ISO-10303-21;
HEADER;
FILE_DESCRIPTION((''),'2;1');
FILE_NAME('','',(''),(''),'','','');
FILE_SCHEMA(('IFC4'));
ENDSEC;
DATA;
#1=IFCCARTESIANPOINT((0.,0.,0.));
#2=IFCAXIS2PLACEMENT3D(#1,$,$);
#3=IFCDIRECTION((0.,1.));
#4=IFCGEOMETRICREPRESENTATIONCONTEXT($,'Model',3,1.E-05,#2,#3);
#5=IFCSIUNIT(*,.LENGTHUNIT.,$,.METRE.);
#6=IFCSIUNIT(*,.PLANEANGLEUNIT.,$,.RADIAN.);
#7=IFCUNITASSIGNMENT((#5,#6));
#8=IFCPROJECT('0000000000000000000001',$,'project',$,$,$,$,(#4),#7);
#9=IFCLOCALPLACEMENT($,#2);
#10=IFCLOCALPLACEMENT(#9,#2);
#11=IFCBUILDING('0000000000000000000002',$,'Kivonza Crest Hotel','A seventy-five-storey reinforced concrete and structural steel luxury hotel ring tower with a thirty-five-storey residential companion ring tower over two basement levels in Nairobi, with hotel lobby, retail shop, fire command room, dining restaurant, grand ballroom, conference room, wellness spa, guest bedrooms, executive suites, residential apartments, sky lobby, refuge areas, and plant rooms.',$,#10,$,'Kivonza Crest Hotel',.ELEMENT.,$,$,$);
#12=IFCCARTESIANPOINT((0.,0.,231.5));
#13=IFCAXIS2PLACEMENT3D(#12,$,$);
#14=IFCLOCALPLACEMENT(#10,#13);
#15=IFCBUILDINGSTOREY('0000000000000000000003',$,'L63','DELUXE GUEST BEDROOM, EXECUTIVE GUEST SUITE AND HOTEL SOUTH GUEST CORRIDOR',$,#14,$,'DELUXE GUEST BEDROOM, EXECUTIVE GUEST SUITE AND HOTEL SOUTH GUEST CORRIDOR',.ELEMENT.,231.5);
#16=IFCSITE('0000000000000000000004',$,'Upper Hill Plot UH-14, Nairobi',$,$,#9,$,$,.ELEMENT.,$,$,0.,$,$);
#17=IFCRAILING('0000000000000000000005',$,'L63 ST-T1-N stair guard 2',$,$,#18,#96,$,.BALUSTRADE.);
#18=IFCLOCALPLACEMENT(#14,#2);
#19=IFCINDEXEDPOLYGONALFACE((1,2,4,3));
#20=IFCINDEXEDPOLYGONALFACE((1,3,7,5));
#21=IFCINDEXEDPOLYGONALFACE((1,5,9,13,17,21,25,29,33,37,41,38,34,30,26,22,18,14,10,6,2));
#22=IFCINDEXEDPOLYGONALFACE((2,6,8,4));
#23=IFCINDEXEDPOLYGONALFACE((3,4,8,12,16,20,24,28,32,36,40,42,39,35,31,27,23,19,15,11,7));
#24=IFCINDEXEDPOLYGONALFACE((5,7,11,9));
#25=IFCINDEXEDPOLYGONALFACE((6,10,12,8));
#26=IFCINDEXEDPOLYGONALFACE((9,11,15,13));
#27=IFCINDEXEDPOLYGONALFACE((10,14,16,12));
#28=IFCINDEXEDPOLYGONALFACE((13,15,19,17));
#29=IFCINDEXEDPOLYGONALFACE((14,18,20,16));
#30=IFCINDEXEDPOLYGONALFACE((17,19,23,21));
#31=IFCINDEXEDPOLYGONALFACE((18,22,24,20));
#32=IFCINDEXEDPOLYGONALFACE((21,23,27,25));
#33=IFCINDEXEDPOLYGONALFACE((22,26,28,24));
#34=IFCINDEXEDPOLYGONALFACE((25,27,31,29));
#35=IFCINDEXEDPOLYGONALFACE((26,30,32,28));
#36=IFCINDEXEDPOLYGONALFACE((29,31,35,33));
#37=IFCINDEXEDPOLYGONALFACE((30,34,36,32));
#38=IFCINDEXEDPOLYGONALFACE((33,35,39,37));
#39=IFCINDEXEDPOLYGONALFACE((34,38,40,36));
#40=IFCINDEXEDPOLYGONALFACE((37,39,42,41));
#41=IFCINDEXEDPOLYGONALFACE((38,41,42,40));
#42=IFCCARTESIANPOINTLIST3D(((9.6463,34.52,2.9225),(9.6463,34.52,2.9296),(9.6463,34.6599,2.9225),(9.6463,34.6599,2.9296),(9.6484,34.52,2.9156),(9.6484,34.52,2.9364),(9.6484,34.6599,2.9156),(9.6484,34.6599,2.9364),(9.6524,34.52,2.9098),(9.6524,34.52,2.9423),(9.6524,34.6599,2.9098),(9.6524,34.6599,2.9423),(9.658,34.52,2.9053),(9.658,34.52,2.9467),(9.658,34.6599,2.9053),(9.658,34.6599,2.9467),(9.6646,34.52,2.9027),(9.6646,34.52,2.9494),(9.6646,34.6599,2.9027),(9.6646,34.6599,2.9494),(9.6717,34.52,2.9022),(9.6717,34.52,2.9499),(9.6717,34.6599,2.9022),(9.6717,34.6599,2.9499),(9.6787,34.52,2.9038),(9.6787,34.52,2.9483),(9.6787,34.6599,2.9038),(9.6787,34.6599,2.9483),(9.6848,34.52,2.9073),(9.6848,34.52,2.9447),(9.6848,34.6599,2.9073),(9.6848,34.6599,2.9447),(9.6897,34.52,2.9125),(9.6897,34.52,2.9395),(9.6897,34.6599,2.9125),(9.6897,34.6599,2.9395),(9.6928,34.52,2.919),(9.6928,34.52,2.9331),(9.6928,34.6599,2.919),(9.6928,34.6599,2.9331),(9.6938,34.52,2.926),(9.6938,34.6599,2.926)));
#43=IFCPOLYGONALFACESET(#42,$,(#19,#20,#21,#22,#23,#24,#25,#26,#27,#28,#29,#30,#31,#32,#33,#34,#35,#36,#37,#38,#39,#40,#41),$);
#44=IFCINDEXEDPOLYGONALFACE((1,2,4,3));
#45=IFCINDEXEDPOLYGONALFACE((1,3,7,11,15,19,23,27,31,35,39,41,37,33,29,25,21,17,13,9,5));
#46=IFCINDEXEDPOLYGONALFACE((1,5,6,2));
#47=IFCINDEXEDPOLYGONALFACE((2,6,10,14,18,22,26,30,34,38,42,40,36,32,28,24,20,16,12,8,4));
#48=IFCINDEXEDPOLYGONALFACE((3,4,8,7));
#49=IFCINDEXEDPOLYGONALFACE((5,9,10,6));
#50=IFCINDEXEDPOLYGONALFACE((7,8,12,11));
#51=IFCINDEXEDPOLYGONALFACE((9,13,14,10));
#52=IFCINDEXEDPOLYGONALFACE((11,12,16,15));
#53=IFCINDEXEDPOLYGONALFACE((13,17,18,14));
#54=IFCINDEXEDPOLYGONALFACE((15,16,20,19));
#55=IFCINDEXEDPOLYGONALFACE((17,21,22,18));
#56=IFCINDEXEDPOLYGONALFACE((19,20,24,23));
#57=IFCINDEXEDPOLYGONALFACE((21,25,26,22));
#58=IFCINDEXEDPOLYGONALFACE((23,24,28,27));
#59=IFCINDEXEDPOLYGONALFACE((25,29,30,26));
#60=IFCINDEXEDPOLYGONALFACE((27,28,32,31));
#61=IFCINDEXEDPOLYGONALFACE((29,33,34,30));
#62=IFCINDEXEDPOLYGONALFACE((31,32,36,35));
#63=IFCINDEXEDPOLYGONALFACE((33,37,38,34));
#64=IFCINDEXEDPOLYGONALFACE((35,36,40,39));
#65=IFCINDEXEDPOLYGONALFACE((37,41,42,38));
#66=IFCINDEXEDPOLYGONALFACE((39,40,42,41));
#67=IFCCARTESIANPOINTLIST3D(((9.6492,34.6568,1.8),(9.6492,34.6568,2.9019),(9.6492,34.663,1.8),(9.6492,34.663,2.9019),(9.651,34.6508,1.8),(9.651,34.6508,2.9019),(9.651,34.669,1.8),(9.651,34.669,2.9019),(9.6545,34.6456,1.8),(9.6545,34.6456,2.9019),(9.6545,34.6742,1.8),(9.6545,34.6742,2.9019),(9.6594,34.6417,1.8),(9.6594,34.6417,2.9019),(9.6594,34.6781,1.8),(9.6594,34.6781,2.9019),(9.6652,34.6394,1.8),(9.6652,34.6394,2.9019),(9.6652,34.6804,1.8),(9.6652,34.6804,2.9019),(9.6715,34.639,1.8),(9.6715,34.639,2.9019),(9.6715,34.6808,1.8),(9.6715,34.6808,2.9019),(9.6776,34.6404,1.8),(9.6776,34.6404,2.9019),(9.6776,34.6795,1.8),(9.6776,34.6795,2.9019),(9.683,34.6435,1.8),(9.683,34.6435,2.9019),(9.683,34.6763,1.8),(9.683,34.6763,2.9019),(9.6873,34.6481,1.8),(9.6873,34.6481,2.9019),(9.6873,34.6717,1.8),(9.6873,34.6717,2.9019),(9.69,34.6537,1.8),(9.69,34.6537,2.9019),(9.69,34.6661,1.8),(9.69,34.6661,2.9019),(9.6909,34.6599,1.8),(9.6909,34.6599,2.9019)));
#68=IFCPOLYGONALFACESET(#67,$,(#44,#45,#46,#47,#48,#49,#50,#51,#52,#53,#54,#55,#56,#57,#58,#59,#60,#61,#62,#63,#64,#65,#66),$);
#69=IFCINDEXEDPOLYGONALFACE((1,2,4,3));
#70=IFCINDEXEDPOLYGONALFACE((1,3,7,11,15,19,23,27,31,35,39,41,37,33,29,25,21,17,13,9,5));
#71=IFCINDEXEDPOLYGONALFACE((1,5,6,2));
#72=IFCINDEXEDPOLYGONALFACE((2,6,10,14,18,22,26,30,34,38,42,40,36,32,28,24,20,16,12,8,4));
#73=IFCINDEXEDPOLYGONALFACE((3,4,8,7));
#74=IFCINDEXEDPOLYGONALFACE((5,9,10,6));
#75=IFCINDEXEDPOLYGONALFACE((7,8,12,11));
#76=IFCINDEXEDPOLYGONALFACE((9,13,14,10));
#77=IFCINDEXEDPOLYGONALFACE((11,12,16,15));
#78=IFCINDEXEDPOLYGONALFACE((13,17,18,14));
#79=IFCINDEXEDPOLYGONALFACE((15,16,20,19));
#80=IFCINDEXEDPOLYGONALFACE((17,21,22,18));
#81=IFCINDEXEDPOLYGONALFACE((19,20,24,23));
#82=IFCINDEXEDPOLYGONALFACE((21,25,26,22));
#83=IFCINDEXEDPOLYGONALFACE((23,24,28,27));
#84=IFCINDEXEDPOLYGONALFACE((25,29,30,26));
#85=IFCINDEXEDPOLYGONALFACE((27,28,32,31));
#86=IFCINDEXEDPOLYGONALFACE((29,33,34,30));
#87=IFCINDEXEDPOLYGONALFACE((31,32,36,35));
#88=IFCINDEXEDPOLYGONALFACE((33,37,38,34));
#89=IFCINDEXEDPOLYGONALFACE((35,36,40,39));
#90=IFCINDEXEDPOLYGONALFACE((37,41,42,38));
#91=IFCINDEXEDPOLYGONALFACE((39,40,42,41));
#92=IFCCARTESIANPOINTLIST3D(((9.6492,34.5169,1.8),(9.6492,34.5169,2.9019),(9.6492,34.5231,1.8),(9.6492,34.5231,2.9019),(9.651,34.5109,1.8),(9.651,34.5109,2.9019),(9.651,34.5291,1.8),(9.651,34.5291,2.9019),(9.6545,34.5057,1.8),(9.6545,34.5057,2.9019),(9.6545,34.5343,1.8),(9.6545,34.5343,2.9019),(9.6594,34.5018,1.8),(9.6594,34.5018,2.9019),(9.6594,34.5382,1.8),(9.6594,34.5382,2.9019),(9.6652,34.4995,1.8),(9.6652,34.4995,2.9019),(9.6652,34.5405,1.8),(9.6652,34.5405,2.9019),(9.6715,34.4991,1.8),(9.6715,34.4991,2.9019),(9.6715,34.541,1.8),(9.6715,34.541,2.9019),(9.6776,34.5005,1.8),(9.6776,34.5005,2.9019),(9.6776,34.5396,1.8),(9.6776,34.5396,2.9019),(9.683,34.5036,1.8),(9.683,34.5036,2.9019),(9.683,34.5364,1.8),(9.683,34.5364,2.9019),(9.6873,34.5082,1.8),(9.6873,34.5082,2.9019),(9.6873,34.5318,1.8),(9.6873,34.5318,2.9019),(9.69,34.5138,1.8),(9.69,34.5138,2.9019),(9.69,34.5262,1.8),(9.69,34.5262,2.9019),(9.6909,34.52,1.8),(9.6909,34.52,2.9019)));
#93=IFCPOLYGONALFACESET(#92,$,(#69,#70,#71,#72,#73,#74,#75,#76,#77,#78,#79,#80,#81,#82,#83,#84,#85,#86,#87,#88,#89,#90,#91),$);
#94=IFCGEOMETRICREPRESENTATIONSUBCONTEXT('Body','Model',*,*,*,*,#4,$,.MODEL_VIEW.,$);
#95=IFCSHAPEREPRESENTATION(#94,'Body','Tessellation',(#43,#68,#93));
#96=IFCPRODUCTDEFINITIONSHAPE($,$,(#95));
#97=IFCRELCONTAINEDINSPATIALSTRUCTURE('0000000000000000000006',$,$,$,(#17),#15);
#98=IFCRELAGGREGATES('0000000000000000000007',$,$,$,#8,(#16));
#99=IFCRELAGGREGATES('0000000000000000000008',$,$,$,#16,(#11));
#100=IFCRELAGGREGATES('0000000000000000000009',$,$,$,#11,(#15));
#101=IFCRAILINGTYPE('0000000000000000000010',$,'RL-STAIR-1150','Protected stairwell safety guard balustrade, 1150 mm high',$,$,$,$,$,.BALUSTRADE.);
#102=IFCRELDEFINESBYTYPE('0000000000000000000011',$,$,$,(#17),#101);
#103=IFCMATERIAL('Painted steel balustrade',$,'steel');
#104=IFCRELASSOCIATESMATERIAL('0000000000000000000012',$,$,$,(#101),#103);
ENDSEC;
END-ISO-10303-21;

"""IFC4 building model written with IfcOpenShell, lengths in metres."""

from ifc_helpers import new_model, si_unit, direction, frame, origin, origin_2d, place, context, subcontext, project, spatial, circle, extrude, material, type_object, element, save


model = new_model("IFC4")

# Units and contexts
model_context = context("Model", 3, precision=1e-05, world=origin(), true_north=direction((0.0, 1.0)))
body_context = subcontext(model_context, "Body", "Model", "MODEL_VIEW")
ifc_project = project(units=[si_unit("LENGTHUNIT", "METRE"), si_unit("PLANEANGLEUNIT", "RADIAN")], contexts=[model_context])

# Site, building, storey
site_placement = place(None, origin())
site = spatial("IfcSite", under=ifc_project, at=site_placement, Name="Upper Hill Plot UH-14, Nairobi", CompositionType="ELEMENT", RefElevation=0.0)
building_placement = place(site_placement, origin())
building = spatial("IfcBuilding", under=site, at=building_placement, Name="Kivonza Crest Hotel", Description="A seventy-five-storey reinforced concrete and structural steel luxury hotel ring tower with a thirty-five-storey residential companion ring tower over two basement levels in Nairobi, with hotel lobby, retail shop, fire command room, dining restaurant, grand ballroom, conference room, wellness spa, guest bedrooms, executive suites, residential apartments, sky lobby, refuge areas, and plant rooms.", LongName="Kivonza Crest Hotel", CompositionType="ELEMENT")
storey_placement = place(building_placement, frame((0.0, 0.0, 231.5)))
storey = spatial("IfcBuildingStorey", under=building, at=storey_placement, Name="L63", Description="DELUXE GUEST BEDROOM, EXECUTIVE GUEST SUITE AND HOTEL SOUTH GUEST CORRIDOR", LongName="DELUXE GUEST BEDROOM, EXECUTIVE GUEST SUITE AND HOTEL SOUTH GUEST CORRIDOR", CompositionType="ELEMENT", Elevation=231.5)

# Railing
ifc_material_1 = material(Name="Painted steel balustrade", Category="steel")
railing_type_1 = type_object("IfcRailingType", Name="RL-STAIR-1150", Description="Protected stairwell safety guard balustrade, 1150 mm high", PredefinedType="BALUSTRADE", material=ifc_material_1)
railing_1_placement = place(storey_placement, frame((9.6699, 34.6599, 1.8)))
element("IfcRailing", 1, at=railing_1_placement, inside=storey, type_object=railing_type_1, Name="L63 ST-T1-N stair guard 2", PredefinedType="BALUSTRADE", context=body_context, shape_type="SweptSolid", body=[
    extrude(circle(Radius=0.0239, at=origin_2d()), frame((0.0, 0.0, 1.126), z_axis=(0.0, -1.0, 0.0), x_axis=(1.0, 0.0, 0.0)), (0.0, 0.0, 1.0), 0.1399),
    extrude(circle(Radius=0.021, at=origin_2d()), origin(), (0.0, 0.0, 1.0), 1.1018),
    extrude(circle(Radius=0.021, at=origin_2d()), frame((0.0, -0.1399, 0.0)), (0.0, 0.0, 1.0), 1.1018),
])

save(model, "model.ifc")
